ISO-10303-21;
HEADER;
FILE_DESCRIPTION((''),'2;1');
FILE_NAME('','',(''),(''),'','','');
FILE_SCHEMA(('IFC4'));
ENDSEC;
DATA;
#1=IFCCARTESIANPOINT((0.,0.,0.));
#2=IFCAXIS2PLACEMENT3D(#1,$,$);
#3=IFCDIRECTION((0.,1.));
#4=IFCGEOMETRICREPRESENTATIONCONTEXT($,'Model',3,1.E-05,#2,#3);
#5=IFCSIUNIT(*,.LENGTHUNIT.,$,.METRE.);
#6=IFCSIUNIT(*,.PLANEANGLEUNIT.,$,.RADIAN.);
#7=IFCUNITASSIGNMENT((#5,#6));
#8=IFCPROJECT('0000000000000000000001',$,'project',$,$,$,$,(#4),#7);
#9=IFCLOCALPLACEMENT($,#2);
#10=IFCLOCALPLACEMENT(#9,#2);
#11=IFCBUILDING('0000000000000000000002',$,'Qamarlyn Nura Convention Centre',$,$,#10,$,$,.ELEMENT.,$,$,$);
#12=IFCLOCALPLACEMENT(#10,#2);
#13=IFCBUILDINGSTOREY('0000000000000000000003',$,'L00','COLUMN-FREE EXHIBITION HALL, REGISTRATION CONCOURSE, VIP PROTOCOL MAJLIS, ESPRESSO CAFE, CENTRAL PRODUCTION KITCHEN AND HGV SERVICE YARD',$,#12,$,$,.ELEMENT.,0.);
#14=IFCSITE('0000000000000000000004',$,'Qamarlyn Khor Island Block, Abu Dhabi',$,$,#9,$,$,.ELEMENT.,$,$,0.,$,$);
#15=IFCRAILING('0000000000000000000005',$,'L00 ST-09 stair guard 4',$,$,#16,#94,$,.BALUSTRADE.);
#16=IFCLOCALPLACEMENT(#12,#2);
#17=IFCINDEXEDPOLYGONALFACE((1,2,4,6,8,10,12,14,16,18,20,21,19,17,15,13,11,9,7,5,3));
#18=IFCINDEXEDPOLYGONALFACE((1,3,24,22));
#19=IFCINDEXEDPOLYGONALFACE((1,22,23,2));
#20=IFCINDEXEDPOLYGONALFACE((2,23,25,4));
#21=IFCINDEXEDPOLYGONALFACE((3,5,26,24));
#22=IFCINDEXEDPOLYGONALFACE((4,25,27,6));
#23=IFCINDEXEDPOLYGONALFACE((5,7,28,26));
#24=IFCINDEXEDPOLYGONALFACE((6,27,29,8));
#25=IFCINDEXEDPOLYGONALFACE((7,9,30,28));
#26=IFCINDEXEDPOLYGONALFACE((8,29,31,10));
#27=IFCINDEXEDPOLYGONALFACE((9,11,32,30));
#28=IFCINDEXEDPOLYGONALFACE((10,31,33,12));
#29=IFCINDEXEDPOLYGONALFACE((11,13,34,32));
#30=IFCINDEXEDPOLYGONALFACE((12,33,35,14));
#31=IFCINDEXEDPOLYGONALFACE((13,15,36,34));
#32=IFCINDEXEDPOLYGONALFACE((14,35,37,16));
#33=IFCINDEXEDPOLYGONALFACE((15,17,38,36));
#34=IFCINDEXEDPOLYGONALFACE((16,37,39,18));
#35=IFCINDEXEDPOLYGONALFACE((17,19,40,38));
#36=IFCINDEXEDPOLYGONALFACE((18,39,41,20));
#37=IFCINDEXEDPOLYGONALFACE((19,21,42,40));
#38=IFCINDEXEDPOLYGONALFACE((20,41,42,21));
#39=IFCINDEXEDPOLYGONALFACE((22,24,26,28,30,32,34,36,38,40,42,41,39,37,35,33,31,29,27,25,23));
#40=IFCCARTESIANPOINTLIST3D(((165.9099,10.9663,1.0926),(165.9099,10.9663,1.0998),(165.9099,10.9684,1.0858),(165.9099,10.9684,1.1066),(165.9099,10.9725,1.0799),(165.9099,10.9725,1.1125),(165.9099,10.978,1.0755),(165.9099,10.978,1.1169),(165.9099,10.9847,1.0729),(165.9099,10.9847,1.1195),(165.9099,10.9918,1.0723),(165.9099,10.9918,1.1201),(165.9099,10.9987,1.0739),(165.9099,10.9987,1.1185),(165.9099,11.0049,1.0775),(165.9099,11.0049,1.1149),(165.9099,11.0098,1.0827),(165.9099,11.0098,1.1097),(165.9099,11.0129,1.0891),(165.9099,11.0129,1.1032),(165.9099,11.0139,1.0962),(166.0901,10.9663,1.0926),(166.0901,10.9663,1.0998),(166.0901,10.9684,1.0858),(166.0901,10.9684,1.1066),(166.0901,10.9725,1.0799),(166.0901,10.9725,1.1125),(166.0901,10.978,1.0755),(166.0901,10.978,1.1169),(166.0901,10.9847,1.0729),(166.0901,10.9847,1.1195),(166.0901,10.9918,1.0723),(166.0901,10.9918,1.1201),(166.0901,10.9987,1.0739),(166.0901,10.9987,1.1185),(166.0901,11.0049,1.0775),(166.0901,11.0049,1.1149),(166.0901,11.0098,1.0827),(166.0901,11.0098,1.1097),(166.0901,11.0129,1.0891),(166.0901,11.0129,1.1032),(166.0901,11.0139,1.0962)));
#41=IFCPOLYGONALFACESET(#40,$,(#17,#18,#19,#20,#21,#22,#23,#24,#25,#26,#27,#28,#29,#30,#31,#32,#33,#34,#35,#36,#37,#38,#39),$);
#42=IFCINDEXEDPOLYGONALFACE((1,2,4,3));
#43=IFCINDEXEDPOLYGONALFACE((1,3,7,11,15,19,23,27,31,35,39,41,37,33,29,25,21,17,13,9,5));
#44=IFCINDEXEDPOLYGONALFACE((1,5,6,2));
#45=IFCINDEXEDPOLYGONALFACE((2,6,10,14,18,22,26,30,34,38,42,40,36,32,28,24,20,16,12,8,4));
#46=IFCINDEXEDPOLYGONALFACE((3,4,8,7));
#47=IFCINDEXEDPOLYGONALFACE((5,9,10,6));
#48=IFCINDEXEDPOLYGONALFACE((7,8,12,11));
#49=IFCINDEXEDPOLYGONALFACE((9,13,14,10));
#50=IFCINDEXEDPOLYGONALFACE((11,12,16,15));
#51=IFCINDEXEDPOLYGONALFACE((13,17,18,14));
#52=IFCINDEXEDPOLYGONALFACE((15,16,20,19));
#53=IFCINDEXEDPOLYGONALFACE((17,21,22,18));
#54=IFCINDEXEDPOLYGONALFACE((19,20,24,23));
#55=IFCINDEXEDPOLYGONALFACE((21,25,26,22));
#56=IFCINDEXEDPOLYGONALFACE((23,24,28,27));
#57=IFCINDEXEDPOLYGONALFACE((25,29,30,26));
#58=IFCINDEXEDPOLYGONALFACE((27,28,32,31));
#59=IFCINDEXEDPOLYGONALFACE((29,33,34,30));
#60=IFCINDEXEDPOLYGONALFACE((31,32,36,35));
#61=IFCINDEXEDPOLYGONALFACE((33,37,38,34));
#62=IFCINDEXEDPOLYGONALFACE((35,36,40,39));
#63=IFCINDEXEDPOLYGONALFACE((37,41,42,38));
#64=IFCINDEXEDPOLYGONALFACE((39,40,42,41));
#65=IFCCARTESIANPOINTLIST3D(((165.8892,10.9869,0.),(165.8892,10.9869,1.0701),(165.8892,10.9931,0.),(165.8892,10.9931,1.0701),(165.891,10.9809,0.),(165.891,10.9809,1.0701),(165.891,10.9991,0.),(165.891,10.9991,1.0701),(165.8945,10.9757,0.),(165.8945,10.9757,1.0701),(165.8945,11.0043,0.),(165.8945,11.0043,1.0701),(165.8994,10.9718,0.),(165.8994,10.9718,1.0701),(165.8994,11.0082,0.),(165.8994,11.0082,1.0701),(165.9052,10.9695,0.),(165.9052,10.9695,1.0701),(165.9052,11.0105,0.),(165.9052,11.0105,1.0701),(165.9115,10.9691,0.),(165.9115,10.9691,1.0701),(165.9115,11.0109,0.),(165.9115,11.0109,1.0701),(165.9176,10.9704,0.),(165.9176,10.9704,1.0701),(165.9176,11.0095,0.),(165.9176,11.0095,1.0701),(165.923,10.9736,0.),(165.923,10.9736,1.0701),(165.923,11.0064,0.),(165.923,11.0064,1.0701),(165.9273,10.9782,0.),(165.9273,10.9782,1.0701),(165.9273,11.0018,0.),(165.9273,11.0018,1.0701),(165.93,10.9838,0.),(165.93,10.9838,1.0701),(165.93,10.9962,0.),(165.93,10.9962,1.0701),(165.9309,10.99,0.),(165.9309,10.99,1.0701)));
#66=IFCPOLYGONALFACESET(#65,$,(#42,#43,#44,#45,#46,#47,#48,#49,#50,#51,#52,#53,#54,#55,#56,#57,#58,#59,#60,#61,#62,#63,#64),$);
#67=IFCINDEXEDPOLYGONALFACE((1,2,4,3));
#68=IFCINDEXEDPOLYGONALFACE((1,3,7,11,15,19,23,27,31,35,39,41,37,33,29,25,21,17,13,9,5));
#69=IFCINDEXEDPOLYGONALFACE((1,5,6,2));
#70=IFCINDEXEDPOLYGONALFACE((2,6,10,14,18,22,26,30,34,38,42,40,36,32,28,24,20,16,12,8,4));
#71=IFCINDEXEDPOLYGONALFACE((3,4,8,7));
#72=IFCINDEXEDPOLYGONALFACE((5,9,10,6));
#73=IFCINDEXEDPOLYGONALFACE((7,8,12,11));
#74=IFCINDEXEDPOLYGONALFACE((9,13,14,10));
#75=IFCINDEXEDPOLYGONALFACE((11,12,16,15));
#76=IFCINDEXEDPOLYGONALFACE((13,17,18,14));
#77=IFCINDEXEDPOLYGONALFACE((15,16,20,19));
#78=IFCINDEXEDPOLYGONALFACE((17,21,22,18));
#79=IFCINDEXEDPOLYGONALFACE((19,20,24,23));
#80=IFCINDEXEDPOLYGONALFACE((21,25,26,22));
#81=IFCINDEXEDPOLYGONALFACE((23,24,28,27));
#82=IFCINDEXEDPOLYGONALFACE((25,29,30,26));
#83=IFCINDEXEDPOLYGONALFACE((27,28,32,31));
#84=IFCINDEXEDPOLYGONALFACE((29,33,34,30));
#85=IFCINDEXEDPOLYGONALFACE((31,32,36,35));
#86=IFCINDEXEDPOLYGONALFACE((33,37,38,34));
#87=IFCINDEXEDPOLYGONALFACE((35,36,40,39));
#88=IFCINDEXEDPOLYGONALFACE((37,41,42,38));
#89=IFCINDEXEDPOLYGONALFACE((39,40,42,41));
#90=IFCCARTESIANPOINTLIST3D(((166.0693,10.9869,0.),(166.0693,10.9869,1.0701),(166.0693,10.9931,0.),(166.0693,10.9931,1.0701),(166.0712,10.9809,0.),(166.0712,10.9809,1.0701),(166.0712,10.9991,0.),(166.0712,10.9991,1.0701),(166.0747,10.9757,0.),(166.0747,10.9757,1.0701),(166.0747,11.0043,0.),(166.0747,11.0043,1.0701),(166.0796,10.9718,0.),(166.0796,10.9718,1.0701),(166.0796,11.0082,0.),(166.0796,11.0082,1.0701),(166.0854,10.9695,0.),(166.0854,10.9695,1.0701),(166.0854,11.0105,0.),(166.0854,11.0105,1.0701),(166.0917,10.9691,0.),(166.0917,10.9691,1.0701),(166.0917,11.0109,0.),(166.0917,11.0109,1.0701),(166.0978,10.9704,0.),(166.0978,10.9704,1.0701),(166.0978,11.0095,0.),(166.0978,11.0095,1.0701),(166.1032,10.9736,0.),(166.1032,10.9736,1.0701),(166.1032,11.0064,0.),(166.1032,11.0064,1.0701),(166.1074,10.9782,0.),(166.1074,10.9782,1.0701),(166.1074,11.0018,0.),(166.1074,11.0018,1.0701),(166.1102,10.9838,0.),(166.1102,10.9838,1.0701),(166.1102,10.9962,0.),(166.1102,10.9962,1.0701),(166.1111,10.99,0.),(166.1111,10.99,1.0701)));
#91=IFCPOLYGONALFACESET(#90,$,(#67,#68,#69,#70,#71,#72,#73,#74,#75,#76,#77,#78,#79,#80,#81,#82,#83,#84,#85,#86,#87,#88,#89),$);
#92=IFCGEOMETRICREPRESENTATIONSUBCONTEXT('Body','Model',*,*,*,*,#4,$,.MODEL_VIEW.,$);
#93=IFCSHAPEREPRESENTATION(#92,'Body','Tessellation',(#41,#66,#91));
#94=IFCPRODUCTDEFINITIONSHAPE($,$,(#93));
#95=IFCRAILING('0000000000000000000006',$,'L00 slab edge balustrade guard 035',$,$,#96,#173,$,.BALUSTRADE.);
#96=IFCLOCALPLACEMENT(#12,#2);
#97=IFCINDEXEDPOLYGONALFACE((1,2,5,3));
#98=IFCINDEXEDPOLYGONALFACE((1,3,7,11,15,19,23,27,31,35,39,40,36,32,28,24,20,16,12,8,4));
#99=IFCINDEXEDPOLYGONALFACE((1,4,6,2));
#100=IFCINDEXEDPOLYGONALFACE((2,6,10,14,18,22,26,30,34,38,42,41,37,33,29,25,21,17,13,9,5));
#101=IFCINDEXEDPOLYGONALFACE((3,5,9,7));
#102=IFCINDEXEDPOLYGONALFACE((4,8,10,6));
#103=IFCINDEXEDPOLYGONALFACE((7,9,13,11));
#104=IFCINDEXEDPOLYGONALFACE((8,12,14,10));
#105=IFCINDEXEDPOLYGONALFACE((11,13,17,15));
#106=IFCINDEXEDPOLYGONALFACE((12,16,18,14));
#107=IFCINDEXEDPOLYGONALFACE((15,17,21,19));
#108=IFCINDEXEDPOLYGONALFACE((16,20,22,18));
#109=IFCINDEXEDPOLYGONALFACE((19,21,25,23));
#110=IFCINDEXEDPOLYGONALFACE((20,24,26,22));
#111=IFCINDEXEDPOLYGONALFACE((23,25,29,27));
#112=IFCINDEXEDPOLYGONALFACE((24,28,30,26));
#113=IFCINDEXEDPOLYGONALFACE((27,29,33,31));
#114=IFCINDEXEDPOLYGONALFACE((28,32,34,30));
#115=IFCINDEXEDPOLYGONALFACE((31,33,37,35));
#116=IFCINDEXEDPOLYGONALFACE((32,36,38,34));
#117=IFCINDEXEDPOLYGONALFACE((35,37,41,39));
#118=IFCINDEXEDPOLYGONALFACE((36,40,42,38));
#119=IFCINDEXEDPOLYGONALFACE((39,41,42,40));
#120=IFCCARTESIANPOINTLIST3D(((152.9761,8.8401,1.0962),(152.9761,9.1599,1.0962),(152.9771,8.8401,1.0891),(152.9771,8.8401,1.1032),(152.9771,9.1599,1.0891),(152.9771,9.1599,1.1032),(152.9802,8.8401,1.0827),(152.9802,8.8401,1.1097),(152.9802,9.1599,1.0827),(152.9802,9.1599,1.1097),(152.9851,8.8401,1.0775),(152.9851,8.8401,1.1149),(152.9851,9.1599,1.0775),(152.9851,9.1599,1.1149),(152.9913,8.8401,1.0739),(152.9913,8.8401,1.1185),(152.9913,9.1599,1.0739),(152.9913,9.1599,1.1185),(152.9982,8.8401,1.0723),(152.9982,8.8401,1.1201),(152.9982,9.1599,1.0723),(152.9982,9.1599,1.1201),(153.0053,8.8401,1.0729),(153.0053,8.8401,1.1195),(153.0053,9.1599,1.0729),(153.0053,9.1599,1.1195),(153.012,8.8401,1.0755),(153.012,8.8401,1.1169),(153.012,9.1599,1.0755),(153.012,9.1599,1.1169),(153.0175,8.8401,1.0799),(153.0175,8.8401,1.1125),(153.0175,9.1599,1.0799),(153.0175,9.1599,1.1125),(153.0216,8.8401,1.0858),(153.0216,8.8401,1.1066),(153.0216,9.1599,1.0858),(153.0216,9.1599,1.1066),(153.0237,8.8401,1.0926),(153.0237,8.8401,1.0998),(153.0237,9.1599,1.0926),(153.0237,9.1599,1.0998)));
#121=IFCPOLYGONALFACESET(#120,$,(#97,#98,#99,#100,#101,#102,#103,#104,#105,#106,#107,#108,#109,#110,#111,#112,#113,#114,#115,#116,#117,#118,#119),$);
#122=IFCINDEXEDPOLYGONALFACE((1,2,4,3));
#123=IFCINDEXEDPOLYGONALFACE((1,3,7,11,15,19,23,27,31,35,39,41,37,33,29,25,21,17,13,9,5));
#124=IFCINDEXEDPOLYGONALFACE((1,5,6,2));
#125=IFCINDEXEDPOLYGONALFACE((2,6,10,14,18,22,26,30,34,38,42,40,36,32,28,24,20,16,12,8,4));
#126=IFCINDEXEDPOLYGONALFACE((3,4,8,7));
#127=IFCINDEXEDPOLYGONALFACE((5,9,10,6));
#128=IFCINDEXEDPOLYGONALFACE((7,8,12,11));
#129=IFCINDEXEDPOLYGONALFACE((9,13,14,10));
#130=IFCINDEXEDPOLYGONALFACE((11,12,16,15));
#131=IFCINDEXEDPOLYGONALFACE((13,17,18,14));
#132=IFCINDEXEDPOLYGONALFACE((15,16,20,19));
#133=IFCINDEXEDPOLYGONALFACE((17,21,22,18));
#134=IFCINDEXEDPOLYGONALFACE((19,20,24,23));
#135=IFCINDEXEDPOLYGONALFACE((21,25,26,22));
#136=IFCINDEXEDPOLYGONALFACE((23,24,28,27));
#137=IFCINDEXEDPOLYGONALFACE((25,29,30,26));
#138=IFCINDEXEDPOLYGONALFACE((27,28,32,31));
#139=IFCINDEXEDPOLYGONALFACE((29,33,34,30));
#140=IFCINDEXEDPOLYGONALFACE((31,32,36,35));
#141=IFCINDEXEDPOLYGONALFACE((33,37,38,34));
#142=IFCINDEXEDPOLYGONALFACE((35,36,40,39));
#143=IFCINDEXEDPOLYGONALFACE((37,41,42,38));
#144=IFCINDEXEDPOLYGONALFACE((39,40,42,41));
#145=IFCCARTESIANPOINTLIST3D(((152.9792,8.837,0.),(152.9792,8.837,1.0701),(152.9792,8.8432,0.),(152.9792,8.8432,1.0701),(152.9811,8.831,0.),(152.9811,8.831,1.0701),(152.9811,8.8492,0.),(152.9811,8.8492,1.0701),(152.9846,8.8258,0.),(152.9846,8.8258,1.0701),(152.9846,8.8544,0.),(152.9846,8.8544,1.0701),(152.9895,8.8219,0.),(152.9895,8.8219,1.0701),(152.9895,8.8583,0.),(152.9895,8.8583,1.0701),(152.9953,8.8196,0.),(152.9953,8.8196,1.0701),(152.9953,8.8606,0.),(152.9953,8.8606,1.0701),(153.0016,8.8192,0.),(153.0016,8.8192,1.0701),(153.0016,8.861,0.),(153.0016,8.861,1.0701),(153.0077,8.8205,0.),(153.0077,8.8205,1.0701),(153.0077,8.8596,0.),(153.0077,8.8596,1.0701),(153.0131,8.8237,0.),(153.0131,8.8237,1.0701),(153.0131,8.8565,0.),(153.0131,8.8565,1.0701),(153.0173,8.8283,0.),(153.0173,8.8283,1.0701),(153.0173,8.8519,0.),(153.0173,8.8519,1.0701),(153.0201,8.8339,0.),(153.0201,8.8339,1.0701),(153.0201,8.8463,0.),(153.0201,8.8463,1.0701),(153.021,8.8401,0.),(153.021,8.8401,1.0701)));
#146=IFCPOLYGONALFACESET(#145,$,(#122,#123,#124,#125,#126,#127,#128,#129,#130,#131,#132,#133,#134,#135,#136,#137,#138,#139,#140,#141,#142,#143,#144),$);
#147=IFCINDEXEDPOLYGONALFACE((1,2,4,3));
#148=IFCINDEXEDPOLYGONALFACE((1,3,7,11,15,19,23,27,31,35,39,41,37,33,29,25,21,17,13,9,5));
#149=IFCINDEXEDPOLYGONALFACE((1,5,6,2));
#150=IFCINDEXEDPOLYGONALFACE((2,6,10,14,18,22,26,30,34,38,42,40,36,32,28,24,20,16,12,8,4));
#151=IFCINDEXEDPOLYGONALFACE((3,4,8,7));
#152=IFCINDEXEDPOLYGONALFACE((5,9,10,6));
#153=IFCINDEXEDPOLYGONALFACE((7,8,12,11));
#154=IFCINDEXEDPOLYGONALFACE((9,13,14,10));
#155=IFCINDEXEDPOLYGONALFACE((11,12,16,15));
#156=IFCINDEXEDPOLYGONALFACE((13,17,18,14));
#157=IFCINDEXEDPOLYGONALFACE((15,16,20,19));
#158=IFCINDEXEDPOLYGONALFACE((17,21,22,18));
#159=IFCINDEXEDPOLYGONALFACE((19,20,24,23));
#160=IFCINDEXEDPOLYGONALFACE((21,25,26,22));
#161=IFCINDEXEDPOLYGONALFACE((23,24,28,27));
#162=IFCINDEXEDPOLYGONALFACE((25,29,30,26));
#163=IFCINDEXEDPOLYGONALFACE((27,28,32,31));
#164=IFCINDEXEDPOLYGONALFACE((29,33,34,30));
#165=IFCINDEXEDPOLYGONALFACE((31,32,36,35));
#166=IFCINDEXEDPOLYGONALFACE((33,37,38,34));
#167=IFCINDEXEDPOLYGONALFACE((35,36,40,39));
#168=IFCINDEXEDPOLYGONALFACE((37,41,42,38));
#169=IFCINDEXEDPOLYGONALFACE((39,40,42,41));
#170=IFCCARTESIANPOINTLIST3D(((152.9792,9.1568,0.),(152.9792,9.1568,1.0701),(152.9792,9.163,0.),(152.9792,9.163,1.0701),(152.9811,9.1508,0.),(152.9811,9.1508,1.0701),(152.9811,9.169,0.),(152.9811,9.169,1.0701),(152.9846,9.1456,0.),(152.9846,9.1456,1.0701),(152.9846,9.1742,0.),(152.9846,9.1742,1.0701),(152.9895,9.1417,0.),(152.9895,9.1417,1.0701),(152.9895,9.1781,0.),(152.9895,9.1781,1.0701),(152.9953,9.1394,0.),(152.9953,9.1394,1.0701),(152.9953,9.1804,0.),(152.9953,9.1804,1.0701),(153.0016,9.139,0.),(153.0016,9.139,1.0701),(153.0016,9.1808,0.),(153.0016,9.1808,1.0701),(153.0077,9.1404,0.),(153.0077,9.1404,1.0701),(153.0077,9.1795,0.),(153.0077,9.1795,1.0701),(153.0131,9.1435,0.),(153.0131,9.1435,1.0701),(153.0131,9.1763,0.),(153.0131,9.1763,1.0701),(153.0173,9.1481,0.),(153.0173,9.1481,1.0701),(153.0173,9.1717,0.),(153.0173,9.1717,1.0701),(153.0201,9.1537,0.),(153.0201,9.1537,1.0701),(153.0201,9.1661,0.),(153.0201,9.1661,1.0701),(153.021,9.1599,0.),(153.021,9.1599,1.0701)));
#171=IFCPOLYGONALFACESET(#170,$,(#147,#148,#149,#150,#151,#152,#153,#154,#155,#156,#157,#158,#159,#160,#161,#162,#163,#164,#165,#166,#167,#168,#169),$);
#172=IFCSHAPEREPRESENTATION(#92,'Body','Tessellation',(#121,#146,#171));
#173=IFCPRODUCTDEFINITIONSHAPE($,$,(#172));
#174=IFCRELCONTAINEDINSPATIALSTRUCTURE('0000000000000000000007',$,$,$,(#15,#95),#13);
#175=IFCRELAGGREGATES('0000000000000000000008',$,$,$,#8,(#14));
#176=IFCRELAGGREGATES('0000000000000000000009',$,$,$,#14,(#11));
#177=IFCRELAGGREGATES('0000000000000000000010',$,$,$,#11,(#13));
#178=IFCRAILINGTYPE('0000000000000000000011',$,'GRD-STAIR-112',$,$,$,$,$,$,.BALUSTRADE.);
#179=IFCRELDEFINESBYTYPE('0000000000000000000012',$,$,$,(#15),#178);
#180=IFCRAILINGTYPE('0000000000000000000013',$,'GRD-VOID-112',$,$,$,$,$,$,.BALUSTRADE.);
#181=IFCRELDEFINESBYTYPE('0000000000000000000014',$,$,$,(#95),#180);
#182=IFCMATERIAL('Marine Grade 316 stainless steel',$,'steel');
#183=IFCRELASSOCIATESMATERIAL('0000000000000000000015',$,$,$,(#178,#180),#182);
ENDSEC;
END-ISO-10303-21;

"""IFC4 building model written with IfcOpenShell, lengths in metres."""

from ifc_helpers import new_model, si_unit, direction, frame, origin, origin_2d, place, context, subcontext, project, spatial, circle, extrude, material, type_object, element, save


model = new_model("IFC4")

# Units and contexts
model_context = context("Model", 3, precision=1e-05, world=origin(), true_north=direction((0.0, 1.0)))
body_context = subcontext(model_context, "Body", "Model", "MODEL_VIEW")
ifc_project = project(units=[si_unit("LENGTHUNIT", "METRE"), si_unit("PLANEANGLEUNIT", "RADIAN")], contexts=[model_context])

# Site, building, storey
site_placement = place(None, origin())
site = spatial("IfcSite", under=ifc_project, at=site_placement, Name="Qamarlyn Khor Island Block, Abu Dhabi", CompositionType="ELEMENT", RefElevation=0.0)
building_placement = place(site_placement, origin())
building = spatial("IfcBuilding", under=site, at=building_placement, Name="Qamarlyn Nura Convention Centre", CompositionType="ELEMENT")
storey_placement = place(building_placement, origin())
storey = spatial("IfcBuildingStorey", under=building, at=storey_placement, Name="L00", Description="COLUMN-FREE EXHIBITION HALL, REGISTRATION CONCOURSE, VIP PROTOCOL MAJLIS, ESPRESSO CAFE, CENTRAL PRODUCTION KITCHEN AND HGV SERVICE YARD", CompositionType="ELEMENT", Elevation=0.0)

# Shared definitions
ifc_material_1 = material(Name="Marine Grade 316 stainless steel", Category="steel")

# Railings
railing_type_1 = type_object("IfcRailingType", Name="GRD-STAIR-112", PredefinedType="BALUSTRADE", material=ifc_material_1)
railing_1_placement = place(storey_placement, frame((165.9099, 10.99, 0.0)))
element("IfcRailing", 1, at=railing_1_placement, inside=storey, type_object=railing_type_1, Name="L00 ST-09 stair guard 4", PredefinedType="BALUSTRADE", context=body_context, shape_type="SweptSolid", body=[
    extrude(circle(Radius=0.0239, at=origin_2d()), frame((0.0, 0.0, 1.0962), z_axis=(1.0, 0.0, 0.0), x_axis=(0.0, 1.0, 0.0)), (0.0, 0.0, 1.0), 0.1802),
    extrude(circle(Radius=0.021, at=origin_2d()), origin(), (0.0, 0.0, 1.0), 1.0701),
    extrude(circle(Radius=0.021, at=origin_2d()), frame((0.1802, 0.0, 0.0)), (0.0, 0.0, 1.0), 1.0701),
])
railing_type_2 = type_object("IfcRailingType", Name="GRD-VOID-112", PredefinedType="BALUSTRADE", material=ifc_material_1)
railing_2_placement = place(storey_placement, frame((153.0, 8.8401, 0.0)))
element("IfcRailing", 2, at=railing_2_placement, inside=storey, type_object=railing_type_2, Name="L00 slab edge balustrade guard 035", PredefinedType="BALUSTRADE", context=body_context, shape_type="SweptSolid", body=[
    extrude(circle(Radius=0.0239, at=origin_2d()), frame((0.0, 0.0, 1.0962), z_axis=(0.0, 1.0, 0.0), x_axis=(-1.0, 0.0, 0.0)), (0.0, 0.0, 1.0), 0.3198),
    extrude(circle(Radius=0.021, at=origin_2d()), origin(), (0.0, 0.0, 1.0), 1.0701),
    extrude(circle(Radius=0.021, at=origin_2d()), frame((0.0, 0.3198, 0.0)), (0.0, 0.0, 1.0), 1.0701),
])

save(model, "model.ifc")
